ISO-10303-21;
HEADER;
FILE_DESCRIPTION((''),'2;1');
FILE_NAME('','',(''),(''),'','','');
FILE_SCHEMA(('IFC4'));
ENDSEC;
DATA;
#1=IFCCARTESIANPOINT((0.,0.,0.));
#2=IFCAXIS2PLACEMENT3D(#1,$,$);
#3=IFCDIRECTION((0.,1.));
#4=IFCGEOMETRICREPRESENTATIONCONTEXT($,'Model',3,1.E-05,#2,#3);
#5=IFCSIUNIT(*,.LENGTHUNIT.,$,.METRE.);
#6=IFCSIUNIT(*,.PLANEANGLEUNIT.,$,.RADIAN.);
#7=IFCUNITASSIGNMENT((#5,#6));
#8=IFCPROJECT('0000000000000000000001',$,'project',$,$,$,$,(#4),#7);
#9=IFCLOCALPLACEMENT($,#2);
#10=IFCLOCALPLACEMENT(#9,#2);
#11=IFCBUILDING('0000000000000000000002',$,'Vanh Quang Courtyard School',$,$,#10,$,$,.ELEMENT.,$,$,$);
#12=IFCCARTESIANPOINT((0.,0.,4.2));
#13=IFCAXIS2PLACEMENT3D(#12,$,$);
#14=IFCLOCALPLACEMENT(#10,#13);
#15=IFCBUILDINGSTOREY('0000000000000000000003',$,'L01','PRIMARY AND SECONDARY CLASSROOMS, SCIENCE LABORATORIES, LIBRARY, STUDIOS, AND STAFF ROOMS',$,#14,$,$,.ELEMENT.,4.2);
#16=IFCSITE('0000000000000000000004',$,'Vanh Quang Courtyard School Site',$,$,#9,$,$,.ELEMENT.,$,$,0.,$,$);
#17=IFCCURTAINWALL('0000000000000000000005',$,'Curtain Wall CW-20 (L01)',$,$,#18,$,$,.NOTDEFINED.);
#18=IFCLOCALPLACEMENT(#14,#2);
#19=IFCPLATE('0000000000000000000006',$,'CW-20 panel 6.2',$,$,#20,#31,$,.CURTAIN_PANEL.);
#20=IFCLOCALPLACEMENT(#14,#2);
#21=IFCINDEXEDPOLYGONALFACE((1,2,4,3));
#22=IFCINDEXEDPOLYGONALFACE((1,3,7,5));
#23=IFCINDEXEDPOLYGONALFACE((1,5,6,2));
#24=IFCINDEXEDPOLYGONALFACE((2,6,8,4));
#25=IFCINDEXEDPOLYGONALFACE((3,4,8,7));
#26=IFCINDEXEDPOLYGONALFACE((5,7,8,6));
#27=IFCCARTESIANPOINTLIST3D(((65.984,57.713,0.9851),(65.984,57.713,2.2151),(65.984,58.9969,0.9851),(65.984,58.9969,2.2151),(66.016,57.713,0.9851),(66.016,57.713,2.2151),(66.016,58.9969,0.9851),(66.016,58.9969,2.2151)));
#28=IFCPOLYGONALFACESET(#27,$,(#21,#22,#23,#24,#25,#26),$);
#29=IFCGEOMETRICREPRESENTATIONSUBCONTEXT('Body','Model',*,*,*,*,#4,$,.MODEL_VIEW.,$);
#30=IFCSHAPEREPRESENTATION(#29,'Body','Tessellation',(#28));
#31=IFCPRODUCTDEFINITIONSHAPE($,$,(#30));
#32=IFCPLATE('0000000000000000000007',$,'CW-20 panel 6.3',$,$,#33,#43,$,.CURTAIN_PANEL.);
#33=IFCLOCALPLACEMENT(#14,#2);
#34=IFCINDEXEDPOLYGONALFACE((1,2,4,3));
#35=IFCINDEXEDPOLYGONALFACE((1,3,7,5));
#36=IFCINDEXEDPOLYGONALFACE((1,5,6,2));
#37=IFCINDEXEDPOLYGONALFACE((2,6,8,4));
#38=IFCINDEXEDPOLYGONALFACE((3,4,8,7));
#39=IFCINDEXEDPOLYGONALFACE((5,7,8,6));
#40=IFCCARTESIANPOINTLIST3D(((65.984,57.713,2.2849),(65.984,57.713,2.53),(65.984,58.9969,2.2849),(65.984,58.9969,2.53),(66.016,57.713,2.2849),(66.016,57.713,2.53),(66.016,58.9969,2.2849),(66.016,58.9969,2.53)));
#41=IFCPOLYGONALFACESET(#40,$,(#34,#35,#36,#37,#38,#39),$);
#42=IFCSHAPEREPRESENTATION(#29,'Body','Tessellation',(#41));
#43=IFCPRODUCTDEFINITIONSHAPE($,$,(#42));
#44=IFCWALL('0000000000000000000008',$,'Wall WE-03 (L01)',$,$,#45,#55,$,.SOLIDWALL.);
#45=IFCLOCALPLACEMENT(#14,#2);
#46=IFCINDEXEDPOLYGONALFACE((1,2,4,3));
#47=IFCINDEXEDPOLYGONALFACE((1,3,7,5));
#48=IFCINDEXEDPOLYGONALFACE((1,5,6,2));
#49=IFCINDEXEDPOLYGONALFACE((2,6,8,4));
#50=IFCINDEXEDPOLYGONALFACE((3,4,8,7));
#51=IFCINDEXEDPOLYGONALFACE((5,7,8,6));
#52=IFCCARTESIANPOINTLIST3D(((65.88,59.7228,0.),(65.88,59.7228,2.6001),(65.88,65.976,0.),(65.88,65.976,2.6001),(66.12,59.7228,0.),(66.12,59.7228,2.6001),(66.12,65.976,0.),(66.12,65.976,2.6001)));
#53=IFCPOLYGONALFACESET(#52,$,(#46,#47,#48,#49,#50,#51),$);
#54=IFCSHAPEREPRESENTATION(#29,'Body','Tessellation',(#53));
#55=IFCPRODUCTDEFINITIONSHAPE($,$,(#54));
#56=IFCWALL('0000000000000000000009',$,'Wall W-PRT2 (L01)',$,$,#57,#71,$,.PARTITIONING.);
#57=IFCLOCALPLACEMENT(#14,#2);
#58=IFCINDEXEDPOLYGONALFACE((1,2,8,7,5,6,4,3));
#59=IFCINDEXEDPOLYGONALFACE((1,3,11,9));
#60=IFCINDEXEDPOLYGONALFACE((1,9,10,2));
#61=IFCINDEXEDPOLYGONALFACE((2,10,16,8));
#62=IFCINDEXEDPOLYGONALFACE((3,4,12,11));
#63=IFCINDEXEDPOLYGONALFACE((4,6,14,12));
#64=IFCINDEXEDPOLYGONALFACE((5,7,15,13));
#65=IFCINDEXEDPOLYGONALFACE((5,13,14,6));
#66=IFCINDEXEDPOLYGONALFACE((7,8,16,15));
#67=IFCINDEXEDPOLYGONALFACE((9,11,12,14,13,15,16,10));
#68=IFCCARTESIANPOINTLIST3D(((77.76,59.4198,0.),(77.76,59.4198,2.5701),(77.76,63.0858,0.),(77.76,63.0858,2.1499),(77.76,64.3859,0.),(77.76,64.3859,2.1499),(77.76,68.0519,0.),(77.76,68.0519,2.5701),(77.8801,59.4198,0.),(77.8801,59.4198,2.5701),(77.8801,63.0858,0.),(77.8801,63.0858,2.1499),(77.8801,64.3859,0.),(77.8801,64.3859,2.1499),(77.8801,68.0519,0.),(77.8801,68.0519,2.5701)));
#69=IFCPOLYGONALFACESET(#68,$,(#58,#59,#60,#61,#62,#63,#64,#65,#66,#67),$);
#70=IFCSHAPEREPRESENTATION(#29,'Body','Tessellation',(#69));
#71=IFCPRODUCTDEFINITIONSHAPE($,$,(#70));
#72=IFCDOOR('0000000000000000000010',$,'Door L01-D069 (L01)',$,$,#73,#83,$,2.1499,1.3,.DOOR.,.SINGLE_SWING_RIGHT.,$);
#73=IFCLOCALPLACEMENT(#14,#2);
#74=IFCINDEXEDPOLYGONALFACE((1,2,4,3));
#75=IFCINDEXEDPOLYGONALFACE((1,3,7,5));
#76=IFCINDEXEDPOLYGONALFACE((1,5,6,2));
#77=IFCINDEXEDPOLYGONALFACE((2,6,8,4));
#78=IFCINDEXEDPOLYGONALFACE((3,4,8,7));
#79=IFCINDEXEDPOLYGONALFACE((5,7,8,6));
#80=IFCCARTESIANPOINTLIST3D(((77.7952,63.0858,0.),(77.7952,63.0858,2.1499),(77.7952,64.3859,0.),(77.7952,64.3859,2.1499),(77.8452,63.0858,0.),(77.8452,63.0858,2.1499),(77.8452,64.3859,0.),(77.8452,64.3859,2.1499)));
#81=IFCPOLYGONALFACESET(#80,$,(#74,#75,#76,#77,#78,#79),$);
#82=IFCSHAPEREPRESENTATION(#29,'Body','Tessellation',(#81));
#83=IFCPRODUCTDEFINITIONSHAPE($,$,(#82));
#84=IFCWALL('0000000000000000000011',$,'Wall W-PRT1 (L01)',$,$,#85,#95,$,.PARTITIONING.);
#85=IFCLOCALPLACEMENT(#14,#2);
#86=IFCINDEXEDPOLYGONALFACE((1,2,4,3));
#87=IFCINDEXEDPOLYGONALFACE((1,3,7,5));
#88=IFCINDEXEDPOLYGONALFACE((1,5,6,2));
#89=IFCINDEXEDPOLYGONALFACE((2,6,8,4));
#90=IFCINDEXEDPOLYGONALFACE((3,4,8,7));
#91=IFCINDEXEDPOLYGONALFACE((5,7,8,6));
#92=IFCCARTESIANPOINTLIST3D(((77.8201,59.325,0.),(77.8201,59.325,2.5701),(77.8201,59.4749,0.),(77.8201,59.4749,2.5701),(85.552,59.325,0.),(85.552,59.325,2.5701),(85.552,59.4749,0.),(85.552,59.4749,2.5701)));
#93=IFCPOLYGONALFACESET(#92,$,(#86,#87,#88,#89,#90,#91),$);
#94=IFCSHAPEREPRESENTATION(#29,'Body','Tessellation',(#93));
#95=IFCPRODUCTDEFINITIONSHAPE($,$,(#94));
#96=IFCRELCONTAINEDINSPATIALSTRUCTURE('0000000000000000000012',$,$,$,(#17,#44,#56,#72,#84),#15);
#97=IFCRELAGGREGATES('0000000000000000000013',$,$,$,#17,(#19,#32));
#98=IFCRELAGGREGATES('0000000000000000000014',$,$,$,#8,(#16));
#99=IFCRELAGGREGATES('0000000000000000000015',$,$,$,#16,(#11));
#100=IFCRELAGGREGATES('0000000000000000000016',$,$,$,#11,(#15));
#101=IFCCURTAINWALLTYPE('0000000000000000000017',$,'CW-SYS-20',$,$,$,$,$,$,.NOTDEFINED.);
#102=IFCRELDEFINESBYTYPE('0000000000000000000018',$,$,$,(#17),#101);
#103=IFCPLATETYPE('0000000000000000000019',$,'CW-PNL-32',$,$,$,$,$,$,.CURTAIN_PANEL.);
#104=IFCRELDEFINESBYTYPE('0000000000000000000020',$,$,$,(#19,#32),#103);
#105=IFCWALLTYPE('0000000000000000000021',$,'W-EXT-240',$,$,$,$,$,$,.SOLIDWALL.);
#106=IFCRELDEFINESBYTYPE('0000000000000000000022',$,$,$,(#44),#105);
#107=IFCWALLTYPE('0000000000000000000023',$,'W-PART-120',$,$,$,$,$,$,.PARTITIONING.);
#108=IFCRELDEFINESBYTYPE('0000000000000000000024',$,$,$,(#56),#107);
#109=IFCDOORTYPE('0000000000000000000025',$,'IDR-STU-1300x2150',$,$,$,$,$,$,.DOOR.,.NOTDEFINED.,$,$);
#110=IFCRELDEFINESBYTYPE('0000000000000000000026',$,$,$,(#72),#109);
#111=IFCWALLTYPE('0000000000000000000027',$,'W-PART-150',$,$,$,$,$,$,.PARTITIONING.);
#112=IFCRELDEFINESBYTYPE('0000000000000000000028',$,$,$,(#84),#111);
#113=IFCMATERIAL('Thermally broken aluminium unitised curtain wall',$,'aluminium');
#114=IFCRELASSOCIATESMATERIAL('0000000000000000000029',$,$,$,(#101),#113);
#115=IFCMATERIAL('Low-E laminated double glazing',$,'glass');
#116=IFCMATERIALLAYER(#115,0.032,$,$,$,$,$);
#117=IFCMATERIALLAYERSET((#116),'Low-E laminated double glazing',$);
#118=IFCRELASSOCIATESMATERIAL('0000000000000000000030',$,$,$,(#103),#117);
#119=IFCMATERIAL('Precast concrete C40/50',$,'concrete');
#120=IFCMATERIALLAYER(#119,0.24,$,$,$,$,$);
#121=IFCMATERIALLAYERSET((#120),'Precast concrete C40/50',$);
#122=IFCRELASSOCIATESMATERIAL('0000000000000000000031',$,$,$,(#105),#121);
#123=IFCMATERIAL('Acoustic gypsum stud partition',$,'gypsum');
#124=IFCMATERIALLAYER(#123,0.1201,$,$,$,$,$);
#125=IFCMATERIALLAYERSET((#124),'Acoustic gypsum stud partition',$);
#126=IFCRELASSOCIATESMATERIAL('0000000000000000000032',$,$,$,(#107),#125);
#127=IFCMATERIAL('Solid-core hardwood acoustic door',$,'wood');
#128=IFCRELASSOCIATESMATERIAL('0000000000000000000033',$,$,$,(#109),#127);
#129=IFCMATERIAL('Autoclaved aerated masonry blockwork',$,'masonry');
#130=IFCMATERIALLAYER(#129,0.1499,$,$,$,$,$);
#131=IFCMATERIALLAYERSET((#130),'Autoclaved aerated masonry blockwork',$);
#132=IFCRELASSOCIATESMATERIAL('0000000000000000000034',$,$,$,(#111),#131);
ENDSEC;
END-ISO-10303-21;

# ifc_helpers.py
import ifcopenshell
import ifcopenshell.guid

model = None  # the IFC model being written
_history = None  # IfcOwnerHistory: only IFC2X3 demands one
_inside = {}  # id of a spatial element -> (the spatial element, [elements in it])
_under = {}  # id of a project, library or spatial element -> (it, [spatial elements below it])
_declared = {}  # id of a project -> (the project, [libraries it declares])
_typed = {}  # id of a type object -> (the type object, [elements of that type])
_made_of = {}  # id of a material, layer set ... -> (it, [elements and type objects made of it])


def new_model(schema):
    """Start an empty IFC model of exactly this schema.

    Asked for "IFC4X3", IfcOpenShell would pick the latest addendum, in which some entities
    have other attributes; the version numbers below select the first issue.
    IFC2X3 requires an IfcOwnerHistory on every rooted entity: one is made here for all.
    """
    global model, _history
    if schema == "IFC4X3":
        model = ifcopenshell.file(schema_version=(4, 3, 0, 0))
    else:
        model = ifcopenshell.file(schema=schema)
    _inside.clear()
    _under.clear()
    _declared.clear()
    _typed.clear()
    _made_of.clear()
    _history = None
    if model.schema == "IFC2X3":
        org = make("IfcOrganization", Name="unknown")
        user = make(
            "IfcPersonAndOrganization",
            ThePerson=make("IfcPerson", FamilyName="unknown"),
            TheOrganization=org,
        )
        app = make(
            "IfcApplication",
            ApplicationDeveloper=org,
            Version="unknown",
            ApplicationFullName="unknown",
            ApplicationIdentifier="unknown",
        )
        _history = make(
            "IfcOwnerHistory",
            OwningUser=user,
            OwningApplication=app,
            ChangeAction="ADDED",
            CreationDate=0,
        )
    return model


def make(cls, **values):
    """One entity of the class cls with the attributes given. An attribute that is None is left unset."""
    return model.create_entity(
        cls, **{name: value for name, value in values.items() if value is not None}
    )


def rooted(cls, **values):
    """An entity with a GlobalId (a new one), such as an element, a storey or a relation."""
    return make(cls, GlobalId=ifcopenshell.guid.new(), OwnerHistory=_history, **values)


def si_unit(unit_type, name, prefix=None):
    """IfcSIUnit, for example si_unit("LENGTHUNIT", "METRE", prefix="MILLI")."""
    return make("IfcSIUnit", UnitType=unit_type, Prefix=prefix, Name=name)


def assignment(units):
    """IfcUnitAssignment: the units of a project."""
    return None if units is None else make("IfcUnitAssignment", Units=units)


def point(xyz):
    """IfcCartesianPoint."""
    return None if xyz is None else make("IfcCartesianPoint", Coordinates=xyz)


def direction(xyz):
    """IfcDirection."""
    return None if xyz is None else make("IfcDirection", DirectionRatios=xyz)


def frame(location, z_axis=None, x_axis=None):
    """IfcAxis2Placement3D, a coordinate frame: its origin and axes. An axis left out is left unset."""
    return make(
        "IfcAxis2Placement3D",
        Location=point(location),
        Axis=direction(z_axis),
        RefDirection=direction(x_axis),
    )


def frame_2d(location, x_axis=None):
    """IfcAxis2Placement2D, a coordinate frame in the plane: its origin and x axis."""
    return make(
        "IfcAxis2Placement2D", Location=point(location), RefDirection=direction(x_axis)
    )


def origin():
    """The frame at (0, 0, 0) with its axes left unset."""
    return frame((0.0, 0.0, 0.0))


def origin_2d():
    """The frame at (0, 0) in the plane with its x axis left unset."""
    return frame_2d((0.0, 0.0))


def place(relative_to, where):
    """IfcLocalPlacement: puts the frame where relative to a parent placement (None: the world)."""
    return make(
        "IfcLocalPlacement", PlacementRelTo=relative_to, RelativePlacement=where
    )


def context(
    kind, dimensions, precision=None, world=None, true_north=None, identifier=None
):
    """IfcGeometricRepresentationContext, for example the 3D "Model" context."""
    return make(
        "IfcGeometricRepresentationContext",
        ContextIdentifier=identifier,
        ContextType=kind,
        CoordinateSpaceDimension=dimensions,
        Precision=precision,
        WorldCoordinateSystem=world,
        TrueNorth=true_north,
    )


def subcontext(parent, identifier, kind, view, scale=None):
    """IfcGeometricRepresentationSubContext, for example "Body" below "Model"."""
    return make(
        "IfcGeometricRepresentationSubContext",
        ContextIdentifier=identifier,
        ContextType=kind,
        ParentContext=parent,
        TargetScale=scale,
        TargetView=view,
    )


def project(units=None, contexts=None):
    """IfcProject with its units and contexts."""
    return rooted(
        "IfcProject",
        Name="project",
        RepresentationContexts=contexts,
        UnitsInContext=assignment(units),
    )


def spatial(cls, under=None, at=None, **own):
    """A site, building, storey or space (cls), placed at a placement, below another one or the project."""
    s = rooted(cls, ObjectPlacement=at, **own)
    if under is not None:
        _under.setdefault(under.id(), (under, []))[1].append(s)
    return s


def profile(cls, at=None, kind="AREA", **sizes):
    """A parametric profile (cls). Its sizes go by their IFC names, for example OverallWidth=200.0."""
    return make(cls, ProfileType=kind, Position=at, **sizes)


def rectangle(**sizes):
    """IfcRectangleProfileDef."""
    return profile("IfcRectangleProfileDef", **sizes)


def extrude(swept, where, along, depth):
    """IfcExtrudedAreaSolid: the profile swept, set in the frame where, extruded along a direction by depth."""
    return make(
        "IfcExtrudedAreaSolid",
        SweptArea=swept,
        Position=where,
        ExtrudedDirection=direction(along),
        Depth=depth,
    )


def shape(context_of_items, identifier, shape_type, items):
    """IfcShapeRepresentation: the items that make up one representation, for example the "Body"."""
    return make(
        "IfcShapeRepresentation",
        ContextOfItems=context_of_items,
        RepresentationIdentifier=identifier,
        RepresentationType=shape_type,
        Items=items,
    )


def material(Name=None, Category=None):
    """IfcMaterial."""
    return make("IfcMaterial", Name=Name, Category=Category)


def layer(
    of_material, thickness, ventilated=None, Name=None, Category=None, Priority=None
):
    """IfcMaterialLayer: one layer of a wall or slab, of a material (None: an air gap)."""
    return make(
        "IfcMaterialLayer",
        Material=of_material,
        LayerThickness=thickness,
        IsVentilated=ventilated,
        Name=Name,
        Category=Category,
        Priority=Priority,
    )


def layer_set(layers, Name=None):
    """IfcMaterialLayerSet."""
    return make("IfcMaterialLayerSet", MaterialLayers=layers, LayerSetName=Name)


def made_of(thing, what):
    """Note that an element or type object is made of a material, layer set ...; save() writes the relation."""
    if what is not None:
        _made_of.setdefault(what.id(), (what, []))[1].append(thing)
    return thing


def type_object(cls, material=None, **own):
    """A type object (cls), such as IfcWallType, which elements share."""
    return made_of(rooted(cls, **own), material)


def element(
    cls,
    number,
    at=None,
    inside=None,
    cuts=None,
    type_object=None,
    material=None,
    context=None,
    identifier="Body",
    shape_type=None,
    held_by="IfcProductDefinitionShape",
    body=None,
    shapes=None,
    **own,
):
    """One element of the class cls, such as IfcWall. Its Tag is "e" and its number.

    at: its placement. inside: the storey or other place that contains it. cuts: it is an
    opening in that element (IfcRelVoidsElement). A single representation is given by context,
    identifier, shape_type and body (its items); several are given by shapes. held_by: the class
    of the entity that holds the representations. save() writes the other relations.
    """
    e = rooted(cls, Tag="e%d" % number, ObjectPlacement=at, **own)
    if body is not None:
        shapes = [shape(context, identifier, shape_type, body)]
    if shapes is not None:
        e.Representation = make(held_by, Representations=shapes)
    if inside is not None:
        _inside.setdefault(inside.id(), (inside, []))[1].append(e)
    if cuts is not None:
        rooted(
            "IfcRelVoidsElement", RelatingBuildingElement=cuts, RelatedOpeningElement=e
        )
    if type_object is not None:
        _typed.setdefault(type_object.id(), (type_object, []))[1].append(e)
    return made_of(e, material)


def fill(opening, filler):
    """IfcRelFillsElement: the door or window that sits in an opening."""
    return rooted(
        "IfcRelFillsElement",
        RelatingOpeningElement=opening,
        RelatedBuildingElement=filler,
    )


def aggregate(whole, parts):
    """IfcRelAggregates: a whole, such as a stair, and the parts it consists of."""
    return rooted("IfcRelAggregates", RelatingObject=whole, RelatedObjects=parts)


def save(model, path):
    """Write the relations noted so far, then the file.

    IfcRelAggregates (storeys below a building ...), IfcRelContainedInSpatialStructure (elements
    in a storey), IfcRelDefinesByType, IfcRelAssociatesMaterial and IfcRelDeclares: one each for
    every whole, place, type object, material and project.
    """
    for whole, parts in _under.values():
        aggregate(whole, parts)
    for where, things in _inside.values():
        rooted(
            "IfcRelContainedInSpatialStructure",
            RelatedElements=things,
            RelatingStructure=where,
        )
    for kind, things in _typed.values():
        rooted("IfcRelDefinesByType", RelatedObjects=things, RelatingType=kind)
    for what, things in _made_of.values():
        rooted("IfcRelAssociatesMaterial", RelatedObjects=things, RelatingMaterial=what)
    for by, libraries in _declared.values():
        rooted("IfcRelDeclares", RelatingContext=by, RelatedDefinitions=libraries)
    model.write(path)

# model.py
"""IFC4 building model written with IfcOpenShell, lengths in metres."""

from ifc_helpers import new_model, si_unit, direction, frame, frame_2d, origin, origin_2d, place, context, subcontext, project, spatial, rectangle, extrude, material, layer, layer_set, type_object, element, fill, aggregate, save


model = new_model("IFC4")

# Units and contexts
model_context = context("Model", 3, precision=1e-05, world=origin(), true_north=direction((0.0, 1.0)))
body_context = subcontext(model_context, "Body", "Model", "MODEL_VIEW")
ifc_project = project(units=[si_unit("LENGTHUNIT", "METRE"), si_unit("PLANEANGLEUNIT", "RADIAN")], contexts=[model_context])

# Site, building, storey
site_placement = place(None, origin())
site = spatial("IfcSite", under=ifc_project, at=site_placement, Name="Vanh Quang Courtyard School Site", CompositionType="ELEMENT", RefElevation=0.0)
building_placement = place(site_placement, origin())
building = spatial("IfcBuilding", under=site, at=building_placement, Name="Vanh Quang Courtyard School", CompositionType="ELEMENT")
storey_placement = place(building_placement, frame((0.0, 0.0, 4.2)))
storey = spatial("IfcBuildingStorey", under=building, at=storey_placement, Name="L01", Description="PRIMARY AND SECONDARY CLASSROOMS, SCIENCE LABORATORIES, LIBRARY, STUDIOS, AND STAFF ROOMS", CompositionType="ELEMENT", Elevation=4.2)

# Curtain wall
ifc_material_1 = material(Name="Thermally broken aluminium unitised curtain wall", Category="aluminium")
curtain_wall_type = type_object("IfcCurtainWallType", Name="CW-SYS-20", PredefinedType="NOTDEFINED", material=ifc_material_1)
curtain_wall_placement = place(storey_placement, origin())
curtain_wall = element("IfcCurtainWall", 1, at=curtain_wall_placement, inside=storey, type_object=curtain_wall_type, Name="Curtain Wall CW-20 (L01)", PredefinedType="NOTDEFINED")

# Plates
ifc_material_2 = material(Name="Low-E laminated double glazing", Category="glass")
ifc_layer_1 = layer(ifc_material_2, 0.032)
ifc_layer_set_1 = layer_set([ifc_layer_1], Name="Low-E laminated double glazing")
plate_type = type_object("IfcPlateType", Name="CW-PNL-32", PredefinedType="CURTAIN_PANEL", material=ifc_layer_set_1)
plate_1_placement = place(storey_placement, frame((66.0, 58.355, 0.9851), z_axis=(0.0, 0.0, 1.0), x_axis=(0.0, 1.0, 0.0)))
plate_1 = element("IfcPlate", 2, at=plate_1_placement, type_object=plate_type, Name="CW-20 panel 6.2", PredefinedType="CURTAIN_PANEL", context=body_context, shape_type="SweptSolid", body=[
    extrude(rectangle(XDim=1.2839, YDim=0.032, at=origin_2d()), origin(), (0.0, 0.0, 1.0), 1.23),
])
plate_2_placement = place(storey_placement, frame((66.0, 58.355, 2.2849), z_axis=(0.0, 0.0, 1.0), x_axis=(0.0, 1.0, 0.0)))
plate_2 = element("IfcPlate", 3, at=plate_2_placement, type_object=plate_type, Name="CW-20 panel 6.3", PredefinedType="CURTAIN_PANEL", context=body_context, shape_type="SweptSolid", body=[
    extrude(rectangle(XDim=1.2839, YDim=0.032, at=origin_2d()), origin(), (0.0, 0.0, 1.0), 0.2451),
])
aggregate(curtain_wall, [plate_1, plate_2])

# Wall
ifc_material_3 = material(Name="Precast concrete C40/50", Category="concrete")
ifc_layer_2 = layer(ifc_material_3, 0.24)
ifc_layer_set_2 = layer_set([ifc_layer_2], Name="Precast concrete C40/50")
wall_type_1 = type_object("IfcWallType", Name="W-EXT-240", PredefinedType="SOLIDWALL", material=ifc_layer_set_2)
wall_1_placement = place(storey_placement, frame((66.0, 59.7229, 0.0), z_axis=(0.0, 0.0, 1.0), x_axis=(0.0, 1.0, 0.0)))
element("IfcWall", 4, at=wall_1_placement, inside=storey, type_object=wall_type_1, Name="Wall WE-03 (L01)", PredefinedType="SOLIDWALL", context=body_context, shape_type="SweptSolid", body=[
    extrude(rectangle(XDim=6.2532, YDim=0.24, at=frame_2d((3.1265, 0.0))), origin(), (0.0, 0.0, 1.0), 2.6001),
])

# Wall, opening, door
ifc_material_4 = material(Name="Acoustic gypsum stud partition", Category="gypsum")
ifc_layer_3 = layer(ifc_material_4, 0.1201)
ifc_layer_set_3 = layer_set([ifc_layer_3], Name="Acoustic gypsum stud partition")
wall_type_2 = type_object("IfcWallType", Name="W-PART-120", PredefinedType="PARTITIONING", material=ifc_layer_set_3)
wall_2_placement = place(storey_placement, frame((77.8201, 59.4199, 0.0), z_axis=(0.0, 0.0, 1.0), x_axis=(0.0, 1.0, 0.0)))
wall_2 = element("IfcWall", 5, at=wall_2_placement, inside=storey, type_object=wall_type_2, Name="Wall W-PRT2 (L01)", PredefinedType="PARTITIONING", context=body_context, shape_type="SweptSolid", body=[
    extrude(rectangle(XDim=8.6321, YDim=0.1201, at=frame_2d((4.3159, 0.0))), origin(), (0.0, 0.0, 1.0), 2.5701),
])
opening_placement = place(wall_2_placement, frame((3.666, 0.0, 0.0)))
opening = element("IfcOpeningElement", 6, at=opening_placement, cuts=wall_2, PredefinedType="OPENING", context=body_context, shape_type="SweptSolid", body=[
    extrude(rectangle(XDim=1.3, YDim=2.1499, at=frame_2d((0.6499, 1.075))), frame((0.0, 0.0701, 0.0), z_axis=(0.0, -1.0, 0.0), x_axis=(1.0, 0.0, 0.0)), (0.0, 0.0, 1.0), 0.1401),
])
ifc_material_5 = material(Name="Solid-core hardwood acoustic door", Category="wood")
door_type = type_object("IfcDoorType", Name="IDR-STU-1300x2150", OperationType="NOTDEFINED", PredefinedType="DOOR", material=ifc_material_5)
door_placement = place(opening_placement, origin())
door = element("IfcDoor", 7, at=door_placement, inside=storey, type_object=door_type, Name="Door L01-D069 (L01)", OperationType="SINGLE_SWING_RIGHT", OverallHeight=2.1499, OverallWidth=1.3, PredefinedType="DOOR", context=body_context, shape_type="SweptSolid", body=[
    extrude(rectangle(XDim=1.3, YDim=2.1499, at=frame_2d((0.6499, 1.075))), frame((0.0, 0.0249, 0.0), z_axis=(0.0, -1.0, 0.0), x_axis=(1.0, 0.0, 0.0)), (0.0, 0.0, 1.0), 0.05),
])
fill(opening, door)

# Wall
ifc_material_6 = material(Name="Autoclaved aerated masonry blockwork", Category="masonry")
ifc_layer_4 = layer(ifc_material_6, 0.1499)
ifc_layer_set_4 = layer_set([ifc_layer_4], Name="Autoclaved aerated masonry blockwork")
wall_type_3 = type_object("IfcWallType", Name="W-PART-150", PredefinedType="PARTITIONING", material=ifc_layer_set_4)
wall_3_placement = place(storey_placement, frame((77.8201, 59.3999, 0.0), z_axis=(0.0, 0.0, 1.0), x_axis=(1.0, 0.0, 0.0)))
element("IfcWall", 8, at=wall_3_placement, inside=storey, type_object=wall_type_3, Name="Wall W-PRT1 (L01)", PredefinedType="PARTITIONING", context=body_context, shape_type="SweptSolid", body=[
    extrude(rectangle(XDim=7.7319, YDim=0.1499, at=frame_2d((3.866, 0.0))), origin(), (0.0, 0.0, 1.0), 2.5701),
])

save(model, "model.ifc")
